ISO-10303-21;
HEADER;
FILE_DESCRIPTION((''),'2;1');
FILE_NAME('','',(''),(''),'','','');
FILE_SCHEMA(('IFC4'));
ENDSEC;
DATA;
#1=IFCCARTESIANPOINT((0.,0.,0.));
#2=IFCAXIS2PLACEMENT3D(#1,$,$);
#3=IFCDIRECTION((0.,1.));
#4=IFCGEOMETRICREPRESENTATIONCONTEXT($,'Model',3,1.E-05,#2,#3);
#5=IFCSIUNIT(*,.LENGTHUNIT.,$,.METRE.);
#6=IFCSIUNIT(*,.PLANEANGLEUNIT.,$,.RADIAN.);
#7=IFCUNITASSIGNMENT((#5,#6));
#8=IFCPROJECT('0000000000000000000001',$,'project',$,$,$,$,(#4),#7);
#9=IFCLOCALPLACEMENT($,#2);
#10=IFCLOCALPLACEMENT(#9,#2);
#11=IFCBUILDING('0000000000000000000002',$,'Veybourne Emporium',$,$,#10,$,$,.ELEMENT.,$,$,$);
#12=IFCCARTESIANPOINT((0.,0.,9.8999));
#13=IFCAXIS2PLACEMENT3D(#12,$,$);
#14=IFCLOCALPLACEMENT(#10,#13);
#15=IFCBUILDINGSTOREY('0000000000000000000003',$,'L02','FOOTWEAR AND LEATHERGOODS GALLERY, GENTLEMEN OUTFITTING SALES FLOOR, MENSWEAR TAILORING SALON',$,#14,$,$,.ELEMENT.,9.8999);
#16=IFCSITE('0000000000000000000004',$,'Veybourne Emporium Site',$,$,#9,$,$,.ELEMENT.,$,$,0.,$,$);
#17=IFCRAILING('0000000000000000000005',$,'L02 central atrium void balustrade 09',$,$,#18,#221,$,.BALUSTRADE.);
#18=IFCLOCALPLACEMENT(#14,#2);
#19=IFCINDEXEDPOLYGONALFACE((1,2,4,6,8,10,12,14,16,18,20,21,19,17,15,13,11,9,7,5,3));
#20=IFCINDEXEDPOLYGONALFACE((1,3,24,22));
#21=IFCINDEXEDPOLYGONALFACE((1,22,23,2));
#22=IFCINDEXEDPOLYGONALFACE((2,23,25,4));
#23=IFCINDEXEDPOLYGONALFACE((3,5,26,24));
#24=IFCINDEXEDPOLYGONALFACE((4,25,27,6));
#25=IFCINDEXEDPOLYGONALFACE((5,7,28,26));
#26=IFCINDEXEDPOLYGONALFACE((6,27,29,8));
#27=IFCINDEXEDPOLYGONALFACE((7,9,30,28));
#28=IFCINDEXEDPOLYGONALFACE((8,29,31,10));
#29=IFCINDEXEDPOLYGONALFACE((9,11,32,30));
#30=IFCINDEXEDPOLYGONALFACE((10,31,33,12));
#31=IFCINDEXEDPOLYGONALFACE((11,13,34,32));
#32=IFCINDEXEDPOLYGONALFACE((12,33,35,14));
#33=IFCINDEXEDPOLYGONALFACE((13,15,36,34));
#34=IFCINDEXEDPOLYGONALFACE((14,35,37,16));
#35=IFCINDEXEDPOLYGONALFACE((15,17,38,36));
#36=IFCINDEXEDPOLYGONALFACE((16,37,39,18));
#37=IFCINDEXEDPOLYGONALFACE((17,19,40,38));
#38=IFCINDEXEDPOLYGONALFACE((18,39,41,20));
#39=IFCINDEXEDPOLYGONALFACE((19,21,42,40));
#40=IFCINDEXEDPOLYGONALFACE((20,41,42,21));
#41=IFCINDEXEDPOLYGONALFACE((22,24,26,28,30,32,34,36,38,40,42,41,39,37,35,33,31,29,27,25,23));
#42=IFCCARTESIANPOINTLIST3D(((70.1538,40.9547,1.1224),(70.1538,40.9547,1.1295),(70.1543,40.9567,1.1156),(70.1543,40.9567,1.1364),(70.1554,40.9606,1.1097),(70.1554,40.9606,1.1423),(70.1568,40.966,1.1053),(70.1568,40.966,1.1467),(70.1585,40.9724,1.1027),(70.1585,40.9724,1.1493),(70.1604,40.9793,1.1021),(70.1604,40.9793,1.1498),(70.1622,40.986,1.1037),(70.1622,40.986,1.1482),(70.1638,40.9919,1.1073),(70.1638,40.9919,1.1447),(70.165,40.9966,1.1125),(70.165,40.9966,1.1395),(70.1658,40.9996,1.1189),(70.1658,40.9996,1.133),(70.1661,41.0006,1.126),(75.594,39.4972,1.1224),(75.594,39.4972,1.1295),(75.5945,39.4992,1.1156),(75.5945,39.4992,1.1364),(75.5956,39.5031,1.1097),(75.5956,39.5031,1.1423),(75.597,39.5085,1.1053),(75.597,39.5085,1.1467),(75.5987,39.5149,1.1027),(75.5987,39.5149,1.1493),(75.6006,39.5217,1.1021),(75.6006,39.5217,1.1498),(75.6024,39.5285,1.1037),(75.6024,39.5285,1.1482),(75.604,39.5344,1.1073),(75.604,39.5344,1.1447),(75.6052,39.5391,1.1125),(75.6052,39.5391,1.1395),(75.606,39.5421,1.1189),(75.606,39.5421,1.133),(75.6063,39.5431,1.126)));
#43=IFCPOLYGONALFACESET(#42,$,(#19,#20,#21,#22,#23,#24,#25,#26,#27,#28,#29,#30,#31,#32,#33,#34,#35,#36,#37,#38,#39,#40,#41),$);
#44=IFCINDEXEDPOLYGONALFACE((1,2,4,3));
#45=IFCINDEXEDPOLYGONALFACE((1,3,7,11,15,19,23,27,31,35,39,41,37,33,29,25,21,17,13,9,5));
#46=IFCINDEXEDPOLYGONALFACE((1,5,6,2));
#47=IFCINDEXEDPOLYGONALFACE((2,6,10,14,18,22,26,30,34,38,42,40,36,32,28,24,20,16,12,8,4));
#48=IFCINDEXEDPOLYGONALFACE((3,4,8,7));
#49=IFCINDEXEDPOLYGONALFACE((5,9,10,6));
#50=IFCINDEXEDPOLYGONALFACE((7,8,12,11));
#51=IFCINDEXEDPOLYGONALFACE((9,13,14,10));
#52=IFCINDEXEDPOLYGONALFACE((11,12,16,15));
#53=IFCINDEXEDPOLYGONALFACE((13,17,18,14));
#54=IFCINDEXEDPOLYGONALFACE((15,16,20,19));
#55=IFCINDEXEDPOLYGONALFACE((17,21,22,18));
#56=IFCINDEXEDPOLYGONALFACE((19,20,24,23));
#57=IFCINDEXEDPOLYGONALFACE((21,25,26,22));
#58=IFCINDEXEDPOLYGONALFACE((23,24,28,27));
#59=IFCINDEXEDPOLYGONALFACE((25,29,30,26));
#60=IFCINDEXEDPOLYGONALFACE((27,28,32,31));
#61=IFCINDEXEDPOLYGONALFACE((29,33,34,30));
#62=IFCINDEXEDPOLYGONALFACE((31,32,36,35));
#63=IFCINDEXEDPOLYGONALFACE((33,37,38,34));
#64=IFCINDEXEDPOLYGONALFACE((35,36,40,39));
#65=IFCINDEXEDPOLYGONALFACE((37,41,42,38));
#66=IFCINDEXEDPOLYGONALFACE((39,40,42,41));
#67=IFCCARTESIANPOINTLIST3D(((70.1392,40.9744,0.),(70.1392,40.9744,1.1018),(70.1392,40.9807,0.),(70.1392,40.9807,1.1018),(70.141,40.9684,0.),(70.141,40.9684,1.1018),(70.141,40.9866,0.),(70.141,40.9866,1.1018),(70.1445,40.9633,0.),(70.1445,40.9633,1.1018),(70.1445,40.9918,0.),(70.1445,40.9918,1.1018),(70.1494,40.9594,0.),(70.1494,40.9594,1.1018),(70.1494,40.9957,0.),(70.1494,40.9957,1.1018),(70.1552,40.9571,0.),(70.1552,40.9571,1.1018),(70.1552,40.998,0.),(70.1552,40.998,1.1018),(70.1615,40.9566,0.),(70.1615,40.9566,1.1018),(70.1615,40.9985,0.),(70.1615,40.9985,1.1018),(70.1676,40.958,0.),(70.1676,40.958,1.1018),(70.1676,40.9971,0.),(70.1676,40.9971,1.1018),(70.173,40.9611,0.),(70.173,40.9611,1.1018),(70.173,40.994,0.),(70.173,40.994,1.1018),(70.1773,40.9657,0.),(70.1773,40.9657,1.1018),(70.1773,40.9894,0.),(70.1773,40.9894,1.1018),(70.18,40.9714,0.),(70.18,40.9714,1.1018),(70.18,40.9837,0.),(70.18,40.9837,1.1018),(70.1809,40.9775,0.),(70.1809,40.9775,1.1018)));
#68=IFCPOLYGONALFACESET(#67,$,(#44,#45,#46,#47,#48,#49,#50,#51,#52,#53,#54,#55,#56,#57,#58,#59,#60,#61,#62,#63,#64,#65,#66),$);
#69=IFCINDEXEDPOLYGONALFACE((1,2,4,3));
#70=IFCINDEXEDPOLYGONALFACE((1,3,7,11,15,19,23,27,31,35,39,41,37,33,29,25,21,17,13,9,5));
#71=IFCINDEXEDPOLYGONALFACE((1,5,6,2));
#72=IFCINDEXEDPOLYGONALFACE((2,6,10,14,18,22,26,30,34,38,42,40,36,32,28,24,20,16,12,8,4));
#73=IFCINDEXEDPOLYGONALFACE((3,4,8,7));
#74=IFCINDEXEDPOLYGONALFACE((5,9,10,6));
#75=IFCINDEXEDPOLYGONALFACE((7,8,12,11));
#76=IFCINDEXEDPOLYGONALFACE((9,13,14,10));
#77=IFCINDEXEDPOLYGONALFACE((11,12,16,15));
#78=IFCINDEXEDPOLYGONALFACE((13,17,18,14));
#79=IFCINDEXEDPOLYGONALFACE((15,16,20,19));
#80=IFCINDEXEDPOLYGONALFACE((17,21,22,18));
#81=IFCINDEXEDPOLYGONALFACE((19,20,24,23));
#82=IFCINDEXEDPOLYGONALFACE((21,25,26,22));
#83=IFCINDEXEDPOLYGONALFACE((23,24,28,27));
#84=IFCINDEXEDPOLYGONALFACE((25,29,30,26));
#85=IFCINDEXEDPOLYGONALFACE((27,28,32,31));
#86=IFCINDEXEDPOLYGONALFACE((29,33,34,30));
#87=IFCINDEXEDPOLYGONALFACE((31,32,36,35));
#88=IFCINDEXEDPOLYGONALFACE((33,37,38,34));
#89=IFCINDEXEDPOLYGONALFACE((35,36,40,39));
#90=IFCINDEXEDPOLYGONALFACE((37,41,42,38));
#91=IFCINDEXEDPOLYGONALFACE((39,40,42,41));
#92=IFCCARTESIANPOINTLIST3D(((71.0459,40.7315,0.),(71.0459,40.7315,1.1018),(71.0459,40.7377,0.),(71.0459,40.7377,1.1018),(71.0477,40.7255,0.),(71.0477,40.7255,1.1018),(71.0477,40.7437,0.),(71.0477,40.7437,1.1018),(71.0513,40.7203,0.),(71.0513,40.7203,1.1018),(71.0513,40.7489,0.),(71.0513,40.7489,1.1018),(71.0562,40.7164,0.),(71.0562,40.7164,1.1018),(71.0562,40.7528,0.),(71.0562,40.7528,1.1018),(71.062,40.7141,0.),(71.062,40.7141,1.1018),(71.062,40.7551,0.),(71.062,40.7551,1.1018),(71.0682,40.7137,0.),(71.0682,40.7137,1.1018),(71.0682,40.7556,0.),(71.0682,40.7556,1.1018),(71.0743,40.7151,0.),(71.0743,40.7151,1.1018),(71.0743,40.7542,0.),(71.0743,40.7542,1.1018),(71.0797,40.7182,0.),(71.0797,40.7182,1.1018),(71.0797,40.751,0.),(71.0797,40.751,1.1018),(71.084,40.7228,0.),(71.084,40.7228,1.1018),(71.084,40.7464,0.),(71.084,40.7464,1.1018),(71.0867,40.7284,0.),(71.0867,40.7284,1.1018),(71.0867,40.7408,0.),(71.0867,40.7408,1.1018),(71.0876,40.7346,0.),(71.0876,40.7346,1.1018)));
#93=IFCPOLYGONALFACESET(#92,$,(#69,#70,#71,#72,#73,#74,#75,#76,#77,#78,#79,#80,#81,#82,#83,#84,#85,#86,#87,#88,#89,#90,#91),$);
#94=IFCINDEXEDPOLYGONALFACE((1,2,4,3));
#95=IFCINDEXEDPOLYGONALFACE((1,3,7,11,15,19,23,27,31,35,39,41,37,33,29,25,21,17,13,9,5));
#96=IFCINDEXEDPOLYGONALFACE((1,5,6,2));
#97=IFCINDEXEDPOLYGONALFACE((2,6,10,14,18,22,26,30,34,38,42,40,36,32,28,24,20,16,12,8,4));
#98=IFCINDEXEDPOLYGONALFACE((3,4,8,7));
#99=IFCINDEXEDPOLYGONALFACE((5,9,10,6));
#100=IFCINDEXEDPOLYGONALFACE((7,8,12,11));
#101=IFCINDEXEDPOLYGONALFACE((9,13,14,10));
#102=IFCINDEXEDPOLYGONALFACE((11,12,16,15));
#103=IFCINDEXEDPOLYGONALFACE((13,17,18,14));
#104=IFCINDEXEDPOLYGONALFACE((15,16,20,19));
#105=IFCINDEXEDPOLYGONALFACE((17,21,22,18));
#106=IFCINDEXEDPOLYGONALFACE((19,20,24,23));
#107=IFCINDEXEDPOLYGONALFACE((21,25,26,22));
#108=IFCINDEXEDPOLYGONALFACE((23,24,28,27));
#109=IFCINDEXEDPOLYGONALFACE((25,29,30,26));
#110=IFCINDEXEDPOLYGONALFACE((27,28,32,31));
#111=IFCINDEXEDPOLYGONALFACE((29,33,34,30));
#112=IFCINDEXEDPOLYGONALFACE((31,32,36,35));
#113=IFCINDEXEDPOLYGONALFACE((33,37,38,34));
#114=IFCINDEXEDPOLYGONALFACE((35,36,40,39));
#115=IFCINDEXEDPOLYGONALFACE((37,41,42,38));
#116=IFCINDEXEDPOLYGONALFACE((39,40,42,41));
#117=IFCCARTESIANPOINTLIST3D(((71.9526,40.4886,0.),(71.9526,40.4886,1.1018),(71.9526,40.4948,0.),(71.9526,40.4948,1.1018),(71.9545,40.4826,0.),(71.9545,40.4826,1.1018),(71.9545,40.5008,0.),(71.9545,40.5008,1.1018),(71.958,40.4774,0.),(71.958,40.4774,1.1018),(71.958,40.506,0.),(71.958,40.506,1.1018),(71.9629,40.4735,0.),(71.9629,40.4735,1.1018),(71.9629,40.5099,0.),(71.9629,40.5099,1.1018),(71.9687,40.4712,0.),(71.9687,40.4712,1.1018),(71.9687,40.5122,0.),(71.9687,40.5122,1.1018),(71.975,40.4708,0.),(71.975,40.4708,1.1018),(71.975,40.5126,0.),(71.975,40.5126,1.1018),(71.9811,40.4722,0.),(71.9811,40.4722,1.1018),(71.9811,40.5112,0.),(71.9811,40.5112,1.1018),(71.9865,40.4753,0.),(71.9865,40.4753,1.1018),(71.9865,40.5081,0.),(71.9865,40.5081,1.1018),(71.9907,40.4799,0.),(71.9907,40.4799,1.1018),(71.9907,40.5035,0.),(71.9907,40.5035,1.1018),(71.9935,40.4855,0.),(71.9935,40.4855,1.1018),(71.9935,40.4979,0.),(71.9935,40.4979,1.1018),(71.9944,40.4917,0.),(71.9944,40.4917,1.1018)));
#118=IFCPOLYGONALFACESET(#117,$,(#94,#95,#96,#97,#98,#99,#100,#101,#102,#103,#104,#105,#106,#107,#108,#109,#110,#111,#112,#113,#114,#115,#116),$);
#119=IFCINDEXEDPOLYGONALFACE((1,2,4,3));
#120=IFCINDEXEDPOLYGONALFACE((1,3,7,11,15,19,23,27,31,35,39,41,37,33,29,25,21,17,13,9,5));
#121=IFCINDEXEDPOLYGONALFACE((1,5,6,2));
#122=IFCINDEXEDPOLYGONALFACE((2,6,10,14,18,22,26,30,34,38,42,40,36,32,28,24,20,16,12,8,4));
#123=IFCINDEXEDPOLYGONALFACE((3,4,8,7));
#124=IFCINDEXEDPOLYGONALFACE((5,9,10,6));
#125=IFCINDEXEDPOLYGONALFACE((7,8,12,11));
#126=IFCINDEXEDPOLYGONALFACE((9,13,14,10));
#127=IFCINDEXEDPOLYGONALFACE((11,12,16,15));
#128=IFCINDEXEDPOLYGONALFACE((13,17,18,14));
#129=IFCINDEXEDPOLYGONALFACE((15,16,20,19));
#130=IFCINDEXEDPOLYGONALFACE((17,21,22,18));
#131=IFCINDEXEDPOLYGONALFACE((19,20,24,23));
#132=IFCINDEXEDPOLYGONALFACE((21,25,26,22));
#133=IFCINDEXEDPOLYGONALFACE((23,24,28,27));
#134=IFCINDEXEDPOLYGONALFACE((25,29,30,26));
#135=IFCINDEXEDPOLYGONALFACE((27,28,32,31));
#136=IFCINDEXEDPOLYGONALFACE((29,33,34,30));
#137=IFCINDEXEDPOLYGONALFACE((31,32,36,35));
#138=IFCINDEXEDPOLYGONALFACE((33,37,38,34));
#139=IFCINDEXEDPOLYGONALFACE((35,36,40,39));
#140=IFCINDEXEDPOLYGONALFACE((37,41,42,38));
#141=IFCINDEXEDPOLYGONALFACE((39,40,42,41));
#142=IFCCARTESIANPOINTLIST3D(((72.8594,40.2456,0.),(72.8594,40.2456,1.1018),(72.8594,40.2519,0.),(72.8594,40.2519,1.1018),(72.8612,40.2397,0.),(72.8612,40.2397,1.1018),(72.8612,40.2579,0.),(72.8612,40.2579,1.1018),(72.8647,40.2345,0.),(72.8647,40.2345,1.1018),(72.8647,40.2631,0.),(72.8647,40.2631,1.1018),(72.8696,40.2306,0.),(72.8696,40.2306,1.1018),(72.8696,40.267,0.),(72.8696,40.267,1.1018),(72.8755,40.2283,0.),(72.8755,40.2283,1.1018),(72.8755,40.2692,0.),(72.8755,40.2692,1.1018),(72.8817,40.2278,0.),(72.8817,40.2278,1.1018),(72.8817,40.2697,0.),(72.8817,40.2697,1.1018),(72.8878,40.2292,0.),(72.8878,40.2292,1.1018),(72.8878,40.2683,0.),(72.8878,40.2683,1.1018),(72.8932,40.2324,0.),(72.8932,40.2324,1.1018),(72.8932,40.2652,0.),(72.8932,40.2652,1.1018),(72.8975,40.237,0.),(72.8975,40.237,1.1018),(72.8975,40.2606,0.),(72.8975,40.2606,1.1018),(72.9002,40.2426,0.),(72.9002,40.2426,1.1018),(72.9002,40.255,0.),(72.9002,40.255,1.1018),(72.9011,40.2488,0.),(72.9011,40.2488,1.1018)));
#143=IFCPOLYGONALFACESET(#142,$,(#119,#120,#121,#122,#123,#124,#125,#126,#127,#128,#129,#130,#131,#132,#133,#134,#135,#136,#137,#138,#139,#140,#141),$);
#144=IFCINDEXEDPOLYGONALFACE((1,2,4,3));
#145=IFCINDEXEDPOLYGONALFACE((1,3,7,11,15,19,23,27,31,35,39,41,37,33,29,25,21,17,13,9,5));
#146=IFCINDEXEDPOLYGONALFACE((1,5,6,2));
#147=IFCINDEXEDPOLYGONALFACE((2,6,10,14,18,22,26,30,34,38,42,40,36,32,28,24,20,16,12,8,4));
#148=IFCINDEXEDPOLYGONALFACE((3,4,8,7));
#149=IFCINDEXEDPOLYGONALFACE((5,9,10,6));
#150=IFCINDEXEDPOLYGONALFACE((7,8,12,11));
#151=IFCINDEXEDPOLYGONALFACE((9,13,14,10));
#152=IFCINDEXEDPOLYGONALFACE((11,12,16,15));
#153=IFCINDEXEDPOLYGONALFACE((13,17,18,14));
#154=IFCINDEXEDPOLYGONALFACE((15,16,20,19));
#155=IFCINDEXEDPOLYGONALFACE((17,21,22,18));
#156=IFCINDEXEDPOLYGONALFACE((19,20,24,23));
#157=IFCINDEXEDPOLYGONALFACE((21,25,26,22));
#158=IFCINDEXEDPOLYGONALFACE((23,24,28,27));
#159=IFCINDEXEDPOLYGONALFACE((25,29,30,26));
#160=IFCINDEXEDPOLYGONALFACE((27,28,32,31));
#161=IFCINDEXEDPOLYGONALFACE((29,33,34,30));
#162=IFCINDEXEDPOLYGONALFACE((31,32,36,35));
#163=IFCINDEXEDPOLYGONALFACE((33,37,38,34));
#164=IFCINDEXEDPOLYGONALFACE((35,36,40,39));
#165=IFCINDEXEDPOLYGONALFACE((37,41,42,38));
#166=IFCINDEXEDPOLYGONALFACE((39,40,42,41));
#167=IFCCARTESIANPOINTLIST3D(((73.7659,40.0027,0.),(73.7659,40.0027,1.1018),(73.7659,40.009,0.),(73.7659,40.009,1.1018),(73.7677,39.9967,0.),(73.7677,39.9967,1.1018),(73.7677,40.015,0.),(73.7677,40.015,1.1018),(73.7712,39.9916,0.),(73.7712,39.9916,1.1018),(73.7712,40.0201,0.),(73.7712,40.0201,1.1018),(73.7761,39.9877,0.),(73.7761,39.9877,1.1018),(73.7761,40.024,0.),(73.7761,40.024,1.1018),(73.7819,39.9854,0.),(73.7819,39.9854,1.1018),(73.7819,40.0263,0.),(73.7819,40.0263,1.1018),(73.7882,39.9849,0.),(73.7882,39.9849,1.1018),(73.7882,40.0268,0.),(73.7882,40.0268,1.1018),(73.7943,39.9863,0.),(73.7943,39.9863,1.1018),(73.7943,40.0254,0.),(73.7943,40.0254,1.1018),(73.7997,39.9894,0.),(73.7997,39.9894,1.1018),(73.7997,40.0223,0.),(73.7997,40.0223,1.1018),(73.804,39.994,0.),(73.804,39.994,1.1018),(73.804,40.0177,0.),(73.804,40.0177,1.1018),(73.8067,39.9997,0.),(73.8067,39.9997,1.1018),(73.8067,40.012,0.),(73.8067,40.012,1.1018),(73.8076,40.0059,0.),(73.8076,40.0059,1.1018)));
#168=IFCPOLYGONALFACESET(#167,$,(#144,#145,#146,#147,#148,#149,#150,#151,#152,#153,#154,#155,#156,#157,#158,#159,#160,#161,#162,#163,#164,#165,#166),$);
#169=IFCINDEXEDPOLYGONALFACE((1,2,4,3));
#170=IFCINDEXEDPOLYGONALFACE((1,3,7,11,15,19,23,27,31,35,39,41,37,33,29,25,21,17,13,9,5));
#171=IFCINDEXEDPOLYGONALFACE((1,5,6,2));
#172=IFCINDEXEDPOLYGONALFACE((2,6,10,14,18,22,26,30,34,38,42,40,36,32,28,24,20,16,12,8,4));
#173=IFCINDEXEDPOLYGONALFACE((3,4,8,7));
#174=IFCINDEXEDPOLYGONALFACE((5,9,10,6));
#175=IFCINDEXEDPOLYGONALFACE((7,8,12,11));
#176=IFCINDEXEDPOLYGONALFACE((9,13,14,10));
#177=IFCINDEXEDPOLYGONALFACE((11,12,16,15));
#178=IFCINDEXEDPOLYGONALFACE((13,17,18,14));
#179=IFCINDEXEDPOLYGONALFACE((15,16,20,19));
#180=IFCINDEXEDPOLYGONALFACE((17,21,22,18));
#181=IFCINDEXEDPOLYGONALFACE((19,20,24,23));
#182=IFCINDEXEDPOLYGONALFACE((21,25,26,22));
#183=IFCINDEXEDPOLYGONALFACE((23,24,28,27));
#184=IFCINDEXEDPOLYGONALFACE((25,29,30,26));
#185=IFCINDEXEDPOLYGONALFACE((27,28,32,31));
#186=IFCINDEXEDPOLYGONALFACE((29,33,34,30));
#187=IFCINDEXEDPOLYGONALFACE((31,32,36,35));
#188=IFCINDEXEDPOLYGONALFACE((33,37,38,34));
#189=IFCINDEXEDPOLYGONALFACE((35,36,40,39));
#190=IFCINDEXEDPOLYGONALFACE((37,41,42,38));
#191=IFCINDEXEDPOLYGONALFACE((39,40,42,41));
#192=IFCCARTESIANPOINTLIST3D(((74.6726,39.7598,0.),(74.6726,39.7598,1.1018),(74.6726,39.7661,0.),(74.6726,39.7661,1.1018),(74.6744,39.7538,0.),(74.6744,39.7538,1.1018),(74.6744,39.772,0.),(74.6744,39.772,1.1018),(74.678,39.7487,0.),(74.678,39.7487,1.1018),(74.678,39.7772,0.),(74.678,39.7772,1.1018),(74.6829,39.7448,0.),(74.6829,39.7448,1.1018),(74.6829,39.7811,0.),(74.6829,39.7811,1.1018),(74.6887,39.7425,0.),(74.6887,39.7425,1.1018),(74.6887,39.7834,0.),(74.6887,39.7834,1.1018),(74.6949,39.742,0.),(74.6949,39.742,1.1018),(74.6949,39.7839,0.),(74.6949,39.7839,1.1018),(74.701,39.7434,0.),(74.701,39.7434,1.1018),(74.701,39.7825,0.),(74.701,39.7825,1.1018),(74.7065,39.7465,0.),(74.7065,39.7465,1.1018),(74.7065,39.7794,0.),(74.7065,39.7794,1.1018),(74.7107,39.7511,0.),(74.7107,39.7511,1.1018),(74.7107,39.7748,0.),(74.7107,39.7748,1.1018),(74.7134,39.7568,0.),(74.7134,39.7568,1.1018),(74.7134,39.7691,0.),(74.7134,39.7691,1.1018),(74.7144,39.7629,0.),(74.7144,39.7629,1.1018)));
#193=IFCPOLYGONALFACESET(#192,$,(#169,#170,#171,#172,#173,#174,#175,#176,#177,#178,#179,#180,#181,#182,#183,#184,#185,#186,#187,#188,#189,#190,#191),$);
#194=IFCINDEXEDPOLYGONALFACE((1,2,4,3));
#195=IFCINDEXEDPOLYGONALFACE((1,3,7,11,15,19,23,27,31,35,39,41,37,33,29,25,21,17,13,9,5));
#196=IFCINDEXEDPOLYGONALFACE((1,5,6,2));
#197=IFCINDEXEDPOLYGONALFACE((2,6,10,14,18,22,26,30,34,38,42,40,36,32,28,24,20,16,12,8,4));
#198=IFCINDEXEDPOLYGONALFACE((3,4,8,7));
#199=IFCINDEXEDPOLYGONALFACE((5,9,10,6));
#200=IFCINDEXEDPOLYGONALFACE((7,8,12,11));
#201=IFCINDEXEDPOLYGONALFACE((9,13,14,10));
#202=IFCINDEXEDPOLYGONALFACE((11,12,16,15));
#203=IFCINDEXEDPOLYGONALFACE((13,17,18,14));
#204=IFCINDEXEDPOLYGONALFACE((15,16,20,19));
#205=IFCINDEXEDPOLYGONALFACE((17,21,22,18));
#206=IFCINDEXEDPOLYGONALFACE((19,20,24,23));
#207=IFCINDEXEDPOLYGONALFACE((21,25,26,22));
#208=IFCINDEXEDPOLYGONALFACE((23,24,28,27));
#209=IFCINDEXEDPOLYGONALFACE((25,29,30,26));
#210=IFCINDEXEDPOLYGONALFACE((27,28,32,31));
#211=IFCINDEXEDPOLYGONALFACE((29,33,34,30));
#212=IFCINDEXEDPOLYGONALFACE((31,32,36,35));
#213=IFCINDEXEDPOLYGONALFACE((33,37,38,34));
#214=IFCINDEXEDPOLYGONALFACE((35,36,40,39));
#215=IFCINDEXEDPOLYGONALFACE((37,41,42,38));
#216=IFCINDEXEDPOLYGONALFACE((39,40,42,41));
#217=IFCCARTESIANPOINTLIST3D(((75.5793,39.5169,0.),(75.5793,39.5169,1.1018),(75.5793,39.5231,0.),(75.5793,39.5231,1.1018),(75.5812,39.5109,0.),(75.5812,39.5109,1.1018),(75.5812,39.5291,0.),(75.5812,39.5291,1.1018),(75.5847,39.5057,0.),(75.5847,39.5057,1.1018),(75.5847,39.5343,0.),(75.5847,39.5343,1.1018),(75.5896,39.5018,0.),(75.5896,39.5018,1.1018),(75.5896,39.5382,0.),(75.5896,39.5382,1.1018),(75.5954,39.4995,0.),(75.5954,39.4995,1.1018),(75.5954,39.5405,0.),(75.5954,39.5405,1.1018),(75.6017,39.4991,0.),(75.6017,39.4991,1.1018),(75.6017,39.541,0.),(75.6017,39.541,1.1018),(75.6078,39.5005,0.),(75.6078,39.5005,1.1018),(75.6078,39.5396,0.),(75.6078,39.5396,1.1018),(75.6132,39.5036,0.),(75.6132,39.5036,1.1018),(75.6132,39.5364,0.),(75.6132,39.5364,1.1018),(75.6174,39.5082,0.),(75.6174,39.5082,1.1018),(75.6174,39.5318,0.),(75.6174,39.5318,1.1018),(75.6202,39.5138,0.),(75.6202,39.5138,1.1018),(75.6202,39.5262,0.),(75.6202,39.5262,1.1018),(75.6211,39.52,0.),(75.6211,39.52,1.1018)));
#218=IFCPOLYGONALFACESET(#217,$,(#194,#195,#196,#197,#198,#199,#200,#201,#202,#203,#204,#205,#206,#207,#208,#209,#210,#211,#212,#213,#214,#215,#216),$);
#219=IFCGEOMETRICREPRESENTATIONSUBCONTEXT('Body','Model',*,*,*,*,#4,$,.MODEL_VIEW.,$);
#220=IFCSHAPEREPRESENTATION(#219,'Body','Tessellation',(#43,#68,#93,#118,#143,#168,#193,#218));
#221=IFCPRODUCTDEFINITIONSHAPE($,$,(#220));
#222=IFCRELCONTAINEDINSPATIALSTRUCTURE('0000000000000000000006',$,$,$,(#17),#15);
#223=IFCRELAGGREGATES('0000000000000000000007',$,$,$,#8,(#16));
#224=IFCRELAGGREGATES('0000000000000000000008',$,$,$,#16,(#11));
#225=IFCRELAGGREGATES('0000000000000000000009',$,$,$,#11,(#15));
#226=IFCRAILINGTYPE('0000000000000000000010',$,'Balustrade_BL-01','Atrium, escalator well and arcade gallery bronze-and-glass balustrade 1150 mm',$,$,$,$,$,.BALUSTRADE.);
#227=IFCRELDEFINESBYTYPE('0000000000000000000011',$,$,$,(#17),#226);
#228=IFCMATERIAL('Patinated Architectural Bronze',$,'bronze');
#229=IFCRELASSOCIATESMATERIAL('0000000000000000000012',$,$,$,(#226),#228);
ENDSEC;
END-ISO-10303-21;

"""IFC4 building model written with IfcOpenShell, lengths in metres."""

from ifc_helpers import new_model, si_unit, direction, frame, origin, origin_2d, place, context, subcontext, project, spatial, circle, extrude, material, type_object, element, save


model = new_model("IFC4")

# Units and contexts
model_context = context("Model", 3, precision=1e-05, world=origin(), true_north=direction((0.0, 1.0)))
body_context = subcontext(model_context, "Body", "Model", "MODEL_VIEW")
ifc_project = project(units=[si_unit("LENGTHUNIT", "METRE"), si_unit("PLANEANGLEUNIT", "RADIAN")], contexts=[model_context])

# Site, building, storey
site_placement = place(None, origin())
site = spatial("IfcSite", under=ifc_project, at=site_placement, Name="Veybourne Emporium Site", CompositionType="ELEMENT", RefElevation=0.0)
building_placement = place(site_placement, origin())
building = spatial("IfcBuilding", under=site, at=building_placement, Name="Veybourne Emporium", CompositionType="ELEMENT")
storey_placement = place(building_placement, frame((0.0, 0.0, 9.8999)))
storey = spatial("IfcBuildingStorey", under=building, at=storey_placement, Name="L02", Description="FOOTWEAR AND LEATHERGOODS GALLERY, GENTLEMEN OUTFITTING SALES FLOOR, MENSWEAR TAILORING SALON", CompositionType="ELEMENT", Elevation=9.8999)

# Railing
ifc_material_1 = material(Name="Patinated Architectural Bronze", Category="bronze")
railing_type = type_object("IfcRailingType", Name="Balustrade_BL-01", Description="Atrium, escalator well and arcade gallery bronze-and-glass balustrade 1150 mm", PredefinedType="BALUSTRADE", material=ifc_material_1)
railing_1_placement = place(storey_placement, frame((70.1599, 40.9775, 0.0)))
element("IfcRailing", 1, at=railing_1_placement, inside=storey, type_object=railing_type, Name="L02 central atrium void balustrade 09", PredefinedType="BALUSTRADE", context=body_context, shape_type="SweptSolid", body=[
    extrude(circle(Radius=0.0239, at=origin_2d()), frame((0.0, 0.0, 1.126), z_axis=(0.965934, -0.25879, 0.0), x_axis=(0.25879, 0.965934, 0.0)), (0.0, 0.0, 1.0), 5.6321),
    extrude(circle(Radius=0.021, at=origin_2d()), origin(), (0.0, 0.0, 1.0), 1.1018),
    extrude(circle(Radius=0.021, at=origin_2d()), frame((0.9067, -0.2429, 0.0)), (0.0, 0.0, 1.0), 1.1018),
    extrude(circle(Radius=0.021, at=origin_2d()), frame((1.8135, -0.4858, 0.0)), (0.0, 0.0, 1.0), 1.1018),
    extrude(circle(Radius=0.021, at=origin_2d()), frame((2.7202, -0.7288, 0.0)), (0.0, 0.0, 1.0), 1.1018),
    extrude(circle(Radius=0.021, at=origin_2d()), frame((3.6267, -0.9717, 0.0)), (0.0, 0.0, 1.0), 1.1018),
    extrude(circle(Radius=0.021, at=origin_2d()), frame((4.5334, -1.2146, 0.0)), (0.0, 0.0, 1.0), 1.1018),
    extrude(circle(Radius=0.021, at=origin_2d()), frame((5.4402, -1.4575, 0.0)), (0.0, 0.0, 1.0), 1.1018),
])

save(model, "model.ifc")
